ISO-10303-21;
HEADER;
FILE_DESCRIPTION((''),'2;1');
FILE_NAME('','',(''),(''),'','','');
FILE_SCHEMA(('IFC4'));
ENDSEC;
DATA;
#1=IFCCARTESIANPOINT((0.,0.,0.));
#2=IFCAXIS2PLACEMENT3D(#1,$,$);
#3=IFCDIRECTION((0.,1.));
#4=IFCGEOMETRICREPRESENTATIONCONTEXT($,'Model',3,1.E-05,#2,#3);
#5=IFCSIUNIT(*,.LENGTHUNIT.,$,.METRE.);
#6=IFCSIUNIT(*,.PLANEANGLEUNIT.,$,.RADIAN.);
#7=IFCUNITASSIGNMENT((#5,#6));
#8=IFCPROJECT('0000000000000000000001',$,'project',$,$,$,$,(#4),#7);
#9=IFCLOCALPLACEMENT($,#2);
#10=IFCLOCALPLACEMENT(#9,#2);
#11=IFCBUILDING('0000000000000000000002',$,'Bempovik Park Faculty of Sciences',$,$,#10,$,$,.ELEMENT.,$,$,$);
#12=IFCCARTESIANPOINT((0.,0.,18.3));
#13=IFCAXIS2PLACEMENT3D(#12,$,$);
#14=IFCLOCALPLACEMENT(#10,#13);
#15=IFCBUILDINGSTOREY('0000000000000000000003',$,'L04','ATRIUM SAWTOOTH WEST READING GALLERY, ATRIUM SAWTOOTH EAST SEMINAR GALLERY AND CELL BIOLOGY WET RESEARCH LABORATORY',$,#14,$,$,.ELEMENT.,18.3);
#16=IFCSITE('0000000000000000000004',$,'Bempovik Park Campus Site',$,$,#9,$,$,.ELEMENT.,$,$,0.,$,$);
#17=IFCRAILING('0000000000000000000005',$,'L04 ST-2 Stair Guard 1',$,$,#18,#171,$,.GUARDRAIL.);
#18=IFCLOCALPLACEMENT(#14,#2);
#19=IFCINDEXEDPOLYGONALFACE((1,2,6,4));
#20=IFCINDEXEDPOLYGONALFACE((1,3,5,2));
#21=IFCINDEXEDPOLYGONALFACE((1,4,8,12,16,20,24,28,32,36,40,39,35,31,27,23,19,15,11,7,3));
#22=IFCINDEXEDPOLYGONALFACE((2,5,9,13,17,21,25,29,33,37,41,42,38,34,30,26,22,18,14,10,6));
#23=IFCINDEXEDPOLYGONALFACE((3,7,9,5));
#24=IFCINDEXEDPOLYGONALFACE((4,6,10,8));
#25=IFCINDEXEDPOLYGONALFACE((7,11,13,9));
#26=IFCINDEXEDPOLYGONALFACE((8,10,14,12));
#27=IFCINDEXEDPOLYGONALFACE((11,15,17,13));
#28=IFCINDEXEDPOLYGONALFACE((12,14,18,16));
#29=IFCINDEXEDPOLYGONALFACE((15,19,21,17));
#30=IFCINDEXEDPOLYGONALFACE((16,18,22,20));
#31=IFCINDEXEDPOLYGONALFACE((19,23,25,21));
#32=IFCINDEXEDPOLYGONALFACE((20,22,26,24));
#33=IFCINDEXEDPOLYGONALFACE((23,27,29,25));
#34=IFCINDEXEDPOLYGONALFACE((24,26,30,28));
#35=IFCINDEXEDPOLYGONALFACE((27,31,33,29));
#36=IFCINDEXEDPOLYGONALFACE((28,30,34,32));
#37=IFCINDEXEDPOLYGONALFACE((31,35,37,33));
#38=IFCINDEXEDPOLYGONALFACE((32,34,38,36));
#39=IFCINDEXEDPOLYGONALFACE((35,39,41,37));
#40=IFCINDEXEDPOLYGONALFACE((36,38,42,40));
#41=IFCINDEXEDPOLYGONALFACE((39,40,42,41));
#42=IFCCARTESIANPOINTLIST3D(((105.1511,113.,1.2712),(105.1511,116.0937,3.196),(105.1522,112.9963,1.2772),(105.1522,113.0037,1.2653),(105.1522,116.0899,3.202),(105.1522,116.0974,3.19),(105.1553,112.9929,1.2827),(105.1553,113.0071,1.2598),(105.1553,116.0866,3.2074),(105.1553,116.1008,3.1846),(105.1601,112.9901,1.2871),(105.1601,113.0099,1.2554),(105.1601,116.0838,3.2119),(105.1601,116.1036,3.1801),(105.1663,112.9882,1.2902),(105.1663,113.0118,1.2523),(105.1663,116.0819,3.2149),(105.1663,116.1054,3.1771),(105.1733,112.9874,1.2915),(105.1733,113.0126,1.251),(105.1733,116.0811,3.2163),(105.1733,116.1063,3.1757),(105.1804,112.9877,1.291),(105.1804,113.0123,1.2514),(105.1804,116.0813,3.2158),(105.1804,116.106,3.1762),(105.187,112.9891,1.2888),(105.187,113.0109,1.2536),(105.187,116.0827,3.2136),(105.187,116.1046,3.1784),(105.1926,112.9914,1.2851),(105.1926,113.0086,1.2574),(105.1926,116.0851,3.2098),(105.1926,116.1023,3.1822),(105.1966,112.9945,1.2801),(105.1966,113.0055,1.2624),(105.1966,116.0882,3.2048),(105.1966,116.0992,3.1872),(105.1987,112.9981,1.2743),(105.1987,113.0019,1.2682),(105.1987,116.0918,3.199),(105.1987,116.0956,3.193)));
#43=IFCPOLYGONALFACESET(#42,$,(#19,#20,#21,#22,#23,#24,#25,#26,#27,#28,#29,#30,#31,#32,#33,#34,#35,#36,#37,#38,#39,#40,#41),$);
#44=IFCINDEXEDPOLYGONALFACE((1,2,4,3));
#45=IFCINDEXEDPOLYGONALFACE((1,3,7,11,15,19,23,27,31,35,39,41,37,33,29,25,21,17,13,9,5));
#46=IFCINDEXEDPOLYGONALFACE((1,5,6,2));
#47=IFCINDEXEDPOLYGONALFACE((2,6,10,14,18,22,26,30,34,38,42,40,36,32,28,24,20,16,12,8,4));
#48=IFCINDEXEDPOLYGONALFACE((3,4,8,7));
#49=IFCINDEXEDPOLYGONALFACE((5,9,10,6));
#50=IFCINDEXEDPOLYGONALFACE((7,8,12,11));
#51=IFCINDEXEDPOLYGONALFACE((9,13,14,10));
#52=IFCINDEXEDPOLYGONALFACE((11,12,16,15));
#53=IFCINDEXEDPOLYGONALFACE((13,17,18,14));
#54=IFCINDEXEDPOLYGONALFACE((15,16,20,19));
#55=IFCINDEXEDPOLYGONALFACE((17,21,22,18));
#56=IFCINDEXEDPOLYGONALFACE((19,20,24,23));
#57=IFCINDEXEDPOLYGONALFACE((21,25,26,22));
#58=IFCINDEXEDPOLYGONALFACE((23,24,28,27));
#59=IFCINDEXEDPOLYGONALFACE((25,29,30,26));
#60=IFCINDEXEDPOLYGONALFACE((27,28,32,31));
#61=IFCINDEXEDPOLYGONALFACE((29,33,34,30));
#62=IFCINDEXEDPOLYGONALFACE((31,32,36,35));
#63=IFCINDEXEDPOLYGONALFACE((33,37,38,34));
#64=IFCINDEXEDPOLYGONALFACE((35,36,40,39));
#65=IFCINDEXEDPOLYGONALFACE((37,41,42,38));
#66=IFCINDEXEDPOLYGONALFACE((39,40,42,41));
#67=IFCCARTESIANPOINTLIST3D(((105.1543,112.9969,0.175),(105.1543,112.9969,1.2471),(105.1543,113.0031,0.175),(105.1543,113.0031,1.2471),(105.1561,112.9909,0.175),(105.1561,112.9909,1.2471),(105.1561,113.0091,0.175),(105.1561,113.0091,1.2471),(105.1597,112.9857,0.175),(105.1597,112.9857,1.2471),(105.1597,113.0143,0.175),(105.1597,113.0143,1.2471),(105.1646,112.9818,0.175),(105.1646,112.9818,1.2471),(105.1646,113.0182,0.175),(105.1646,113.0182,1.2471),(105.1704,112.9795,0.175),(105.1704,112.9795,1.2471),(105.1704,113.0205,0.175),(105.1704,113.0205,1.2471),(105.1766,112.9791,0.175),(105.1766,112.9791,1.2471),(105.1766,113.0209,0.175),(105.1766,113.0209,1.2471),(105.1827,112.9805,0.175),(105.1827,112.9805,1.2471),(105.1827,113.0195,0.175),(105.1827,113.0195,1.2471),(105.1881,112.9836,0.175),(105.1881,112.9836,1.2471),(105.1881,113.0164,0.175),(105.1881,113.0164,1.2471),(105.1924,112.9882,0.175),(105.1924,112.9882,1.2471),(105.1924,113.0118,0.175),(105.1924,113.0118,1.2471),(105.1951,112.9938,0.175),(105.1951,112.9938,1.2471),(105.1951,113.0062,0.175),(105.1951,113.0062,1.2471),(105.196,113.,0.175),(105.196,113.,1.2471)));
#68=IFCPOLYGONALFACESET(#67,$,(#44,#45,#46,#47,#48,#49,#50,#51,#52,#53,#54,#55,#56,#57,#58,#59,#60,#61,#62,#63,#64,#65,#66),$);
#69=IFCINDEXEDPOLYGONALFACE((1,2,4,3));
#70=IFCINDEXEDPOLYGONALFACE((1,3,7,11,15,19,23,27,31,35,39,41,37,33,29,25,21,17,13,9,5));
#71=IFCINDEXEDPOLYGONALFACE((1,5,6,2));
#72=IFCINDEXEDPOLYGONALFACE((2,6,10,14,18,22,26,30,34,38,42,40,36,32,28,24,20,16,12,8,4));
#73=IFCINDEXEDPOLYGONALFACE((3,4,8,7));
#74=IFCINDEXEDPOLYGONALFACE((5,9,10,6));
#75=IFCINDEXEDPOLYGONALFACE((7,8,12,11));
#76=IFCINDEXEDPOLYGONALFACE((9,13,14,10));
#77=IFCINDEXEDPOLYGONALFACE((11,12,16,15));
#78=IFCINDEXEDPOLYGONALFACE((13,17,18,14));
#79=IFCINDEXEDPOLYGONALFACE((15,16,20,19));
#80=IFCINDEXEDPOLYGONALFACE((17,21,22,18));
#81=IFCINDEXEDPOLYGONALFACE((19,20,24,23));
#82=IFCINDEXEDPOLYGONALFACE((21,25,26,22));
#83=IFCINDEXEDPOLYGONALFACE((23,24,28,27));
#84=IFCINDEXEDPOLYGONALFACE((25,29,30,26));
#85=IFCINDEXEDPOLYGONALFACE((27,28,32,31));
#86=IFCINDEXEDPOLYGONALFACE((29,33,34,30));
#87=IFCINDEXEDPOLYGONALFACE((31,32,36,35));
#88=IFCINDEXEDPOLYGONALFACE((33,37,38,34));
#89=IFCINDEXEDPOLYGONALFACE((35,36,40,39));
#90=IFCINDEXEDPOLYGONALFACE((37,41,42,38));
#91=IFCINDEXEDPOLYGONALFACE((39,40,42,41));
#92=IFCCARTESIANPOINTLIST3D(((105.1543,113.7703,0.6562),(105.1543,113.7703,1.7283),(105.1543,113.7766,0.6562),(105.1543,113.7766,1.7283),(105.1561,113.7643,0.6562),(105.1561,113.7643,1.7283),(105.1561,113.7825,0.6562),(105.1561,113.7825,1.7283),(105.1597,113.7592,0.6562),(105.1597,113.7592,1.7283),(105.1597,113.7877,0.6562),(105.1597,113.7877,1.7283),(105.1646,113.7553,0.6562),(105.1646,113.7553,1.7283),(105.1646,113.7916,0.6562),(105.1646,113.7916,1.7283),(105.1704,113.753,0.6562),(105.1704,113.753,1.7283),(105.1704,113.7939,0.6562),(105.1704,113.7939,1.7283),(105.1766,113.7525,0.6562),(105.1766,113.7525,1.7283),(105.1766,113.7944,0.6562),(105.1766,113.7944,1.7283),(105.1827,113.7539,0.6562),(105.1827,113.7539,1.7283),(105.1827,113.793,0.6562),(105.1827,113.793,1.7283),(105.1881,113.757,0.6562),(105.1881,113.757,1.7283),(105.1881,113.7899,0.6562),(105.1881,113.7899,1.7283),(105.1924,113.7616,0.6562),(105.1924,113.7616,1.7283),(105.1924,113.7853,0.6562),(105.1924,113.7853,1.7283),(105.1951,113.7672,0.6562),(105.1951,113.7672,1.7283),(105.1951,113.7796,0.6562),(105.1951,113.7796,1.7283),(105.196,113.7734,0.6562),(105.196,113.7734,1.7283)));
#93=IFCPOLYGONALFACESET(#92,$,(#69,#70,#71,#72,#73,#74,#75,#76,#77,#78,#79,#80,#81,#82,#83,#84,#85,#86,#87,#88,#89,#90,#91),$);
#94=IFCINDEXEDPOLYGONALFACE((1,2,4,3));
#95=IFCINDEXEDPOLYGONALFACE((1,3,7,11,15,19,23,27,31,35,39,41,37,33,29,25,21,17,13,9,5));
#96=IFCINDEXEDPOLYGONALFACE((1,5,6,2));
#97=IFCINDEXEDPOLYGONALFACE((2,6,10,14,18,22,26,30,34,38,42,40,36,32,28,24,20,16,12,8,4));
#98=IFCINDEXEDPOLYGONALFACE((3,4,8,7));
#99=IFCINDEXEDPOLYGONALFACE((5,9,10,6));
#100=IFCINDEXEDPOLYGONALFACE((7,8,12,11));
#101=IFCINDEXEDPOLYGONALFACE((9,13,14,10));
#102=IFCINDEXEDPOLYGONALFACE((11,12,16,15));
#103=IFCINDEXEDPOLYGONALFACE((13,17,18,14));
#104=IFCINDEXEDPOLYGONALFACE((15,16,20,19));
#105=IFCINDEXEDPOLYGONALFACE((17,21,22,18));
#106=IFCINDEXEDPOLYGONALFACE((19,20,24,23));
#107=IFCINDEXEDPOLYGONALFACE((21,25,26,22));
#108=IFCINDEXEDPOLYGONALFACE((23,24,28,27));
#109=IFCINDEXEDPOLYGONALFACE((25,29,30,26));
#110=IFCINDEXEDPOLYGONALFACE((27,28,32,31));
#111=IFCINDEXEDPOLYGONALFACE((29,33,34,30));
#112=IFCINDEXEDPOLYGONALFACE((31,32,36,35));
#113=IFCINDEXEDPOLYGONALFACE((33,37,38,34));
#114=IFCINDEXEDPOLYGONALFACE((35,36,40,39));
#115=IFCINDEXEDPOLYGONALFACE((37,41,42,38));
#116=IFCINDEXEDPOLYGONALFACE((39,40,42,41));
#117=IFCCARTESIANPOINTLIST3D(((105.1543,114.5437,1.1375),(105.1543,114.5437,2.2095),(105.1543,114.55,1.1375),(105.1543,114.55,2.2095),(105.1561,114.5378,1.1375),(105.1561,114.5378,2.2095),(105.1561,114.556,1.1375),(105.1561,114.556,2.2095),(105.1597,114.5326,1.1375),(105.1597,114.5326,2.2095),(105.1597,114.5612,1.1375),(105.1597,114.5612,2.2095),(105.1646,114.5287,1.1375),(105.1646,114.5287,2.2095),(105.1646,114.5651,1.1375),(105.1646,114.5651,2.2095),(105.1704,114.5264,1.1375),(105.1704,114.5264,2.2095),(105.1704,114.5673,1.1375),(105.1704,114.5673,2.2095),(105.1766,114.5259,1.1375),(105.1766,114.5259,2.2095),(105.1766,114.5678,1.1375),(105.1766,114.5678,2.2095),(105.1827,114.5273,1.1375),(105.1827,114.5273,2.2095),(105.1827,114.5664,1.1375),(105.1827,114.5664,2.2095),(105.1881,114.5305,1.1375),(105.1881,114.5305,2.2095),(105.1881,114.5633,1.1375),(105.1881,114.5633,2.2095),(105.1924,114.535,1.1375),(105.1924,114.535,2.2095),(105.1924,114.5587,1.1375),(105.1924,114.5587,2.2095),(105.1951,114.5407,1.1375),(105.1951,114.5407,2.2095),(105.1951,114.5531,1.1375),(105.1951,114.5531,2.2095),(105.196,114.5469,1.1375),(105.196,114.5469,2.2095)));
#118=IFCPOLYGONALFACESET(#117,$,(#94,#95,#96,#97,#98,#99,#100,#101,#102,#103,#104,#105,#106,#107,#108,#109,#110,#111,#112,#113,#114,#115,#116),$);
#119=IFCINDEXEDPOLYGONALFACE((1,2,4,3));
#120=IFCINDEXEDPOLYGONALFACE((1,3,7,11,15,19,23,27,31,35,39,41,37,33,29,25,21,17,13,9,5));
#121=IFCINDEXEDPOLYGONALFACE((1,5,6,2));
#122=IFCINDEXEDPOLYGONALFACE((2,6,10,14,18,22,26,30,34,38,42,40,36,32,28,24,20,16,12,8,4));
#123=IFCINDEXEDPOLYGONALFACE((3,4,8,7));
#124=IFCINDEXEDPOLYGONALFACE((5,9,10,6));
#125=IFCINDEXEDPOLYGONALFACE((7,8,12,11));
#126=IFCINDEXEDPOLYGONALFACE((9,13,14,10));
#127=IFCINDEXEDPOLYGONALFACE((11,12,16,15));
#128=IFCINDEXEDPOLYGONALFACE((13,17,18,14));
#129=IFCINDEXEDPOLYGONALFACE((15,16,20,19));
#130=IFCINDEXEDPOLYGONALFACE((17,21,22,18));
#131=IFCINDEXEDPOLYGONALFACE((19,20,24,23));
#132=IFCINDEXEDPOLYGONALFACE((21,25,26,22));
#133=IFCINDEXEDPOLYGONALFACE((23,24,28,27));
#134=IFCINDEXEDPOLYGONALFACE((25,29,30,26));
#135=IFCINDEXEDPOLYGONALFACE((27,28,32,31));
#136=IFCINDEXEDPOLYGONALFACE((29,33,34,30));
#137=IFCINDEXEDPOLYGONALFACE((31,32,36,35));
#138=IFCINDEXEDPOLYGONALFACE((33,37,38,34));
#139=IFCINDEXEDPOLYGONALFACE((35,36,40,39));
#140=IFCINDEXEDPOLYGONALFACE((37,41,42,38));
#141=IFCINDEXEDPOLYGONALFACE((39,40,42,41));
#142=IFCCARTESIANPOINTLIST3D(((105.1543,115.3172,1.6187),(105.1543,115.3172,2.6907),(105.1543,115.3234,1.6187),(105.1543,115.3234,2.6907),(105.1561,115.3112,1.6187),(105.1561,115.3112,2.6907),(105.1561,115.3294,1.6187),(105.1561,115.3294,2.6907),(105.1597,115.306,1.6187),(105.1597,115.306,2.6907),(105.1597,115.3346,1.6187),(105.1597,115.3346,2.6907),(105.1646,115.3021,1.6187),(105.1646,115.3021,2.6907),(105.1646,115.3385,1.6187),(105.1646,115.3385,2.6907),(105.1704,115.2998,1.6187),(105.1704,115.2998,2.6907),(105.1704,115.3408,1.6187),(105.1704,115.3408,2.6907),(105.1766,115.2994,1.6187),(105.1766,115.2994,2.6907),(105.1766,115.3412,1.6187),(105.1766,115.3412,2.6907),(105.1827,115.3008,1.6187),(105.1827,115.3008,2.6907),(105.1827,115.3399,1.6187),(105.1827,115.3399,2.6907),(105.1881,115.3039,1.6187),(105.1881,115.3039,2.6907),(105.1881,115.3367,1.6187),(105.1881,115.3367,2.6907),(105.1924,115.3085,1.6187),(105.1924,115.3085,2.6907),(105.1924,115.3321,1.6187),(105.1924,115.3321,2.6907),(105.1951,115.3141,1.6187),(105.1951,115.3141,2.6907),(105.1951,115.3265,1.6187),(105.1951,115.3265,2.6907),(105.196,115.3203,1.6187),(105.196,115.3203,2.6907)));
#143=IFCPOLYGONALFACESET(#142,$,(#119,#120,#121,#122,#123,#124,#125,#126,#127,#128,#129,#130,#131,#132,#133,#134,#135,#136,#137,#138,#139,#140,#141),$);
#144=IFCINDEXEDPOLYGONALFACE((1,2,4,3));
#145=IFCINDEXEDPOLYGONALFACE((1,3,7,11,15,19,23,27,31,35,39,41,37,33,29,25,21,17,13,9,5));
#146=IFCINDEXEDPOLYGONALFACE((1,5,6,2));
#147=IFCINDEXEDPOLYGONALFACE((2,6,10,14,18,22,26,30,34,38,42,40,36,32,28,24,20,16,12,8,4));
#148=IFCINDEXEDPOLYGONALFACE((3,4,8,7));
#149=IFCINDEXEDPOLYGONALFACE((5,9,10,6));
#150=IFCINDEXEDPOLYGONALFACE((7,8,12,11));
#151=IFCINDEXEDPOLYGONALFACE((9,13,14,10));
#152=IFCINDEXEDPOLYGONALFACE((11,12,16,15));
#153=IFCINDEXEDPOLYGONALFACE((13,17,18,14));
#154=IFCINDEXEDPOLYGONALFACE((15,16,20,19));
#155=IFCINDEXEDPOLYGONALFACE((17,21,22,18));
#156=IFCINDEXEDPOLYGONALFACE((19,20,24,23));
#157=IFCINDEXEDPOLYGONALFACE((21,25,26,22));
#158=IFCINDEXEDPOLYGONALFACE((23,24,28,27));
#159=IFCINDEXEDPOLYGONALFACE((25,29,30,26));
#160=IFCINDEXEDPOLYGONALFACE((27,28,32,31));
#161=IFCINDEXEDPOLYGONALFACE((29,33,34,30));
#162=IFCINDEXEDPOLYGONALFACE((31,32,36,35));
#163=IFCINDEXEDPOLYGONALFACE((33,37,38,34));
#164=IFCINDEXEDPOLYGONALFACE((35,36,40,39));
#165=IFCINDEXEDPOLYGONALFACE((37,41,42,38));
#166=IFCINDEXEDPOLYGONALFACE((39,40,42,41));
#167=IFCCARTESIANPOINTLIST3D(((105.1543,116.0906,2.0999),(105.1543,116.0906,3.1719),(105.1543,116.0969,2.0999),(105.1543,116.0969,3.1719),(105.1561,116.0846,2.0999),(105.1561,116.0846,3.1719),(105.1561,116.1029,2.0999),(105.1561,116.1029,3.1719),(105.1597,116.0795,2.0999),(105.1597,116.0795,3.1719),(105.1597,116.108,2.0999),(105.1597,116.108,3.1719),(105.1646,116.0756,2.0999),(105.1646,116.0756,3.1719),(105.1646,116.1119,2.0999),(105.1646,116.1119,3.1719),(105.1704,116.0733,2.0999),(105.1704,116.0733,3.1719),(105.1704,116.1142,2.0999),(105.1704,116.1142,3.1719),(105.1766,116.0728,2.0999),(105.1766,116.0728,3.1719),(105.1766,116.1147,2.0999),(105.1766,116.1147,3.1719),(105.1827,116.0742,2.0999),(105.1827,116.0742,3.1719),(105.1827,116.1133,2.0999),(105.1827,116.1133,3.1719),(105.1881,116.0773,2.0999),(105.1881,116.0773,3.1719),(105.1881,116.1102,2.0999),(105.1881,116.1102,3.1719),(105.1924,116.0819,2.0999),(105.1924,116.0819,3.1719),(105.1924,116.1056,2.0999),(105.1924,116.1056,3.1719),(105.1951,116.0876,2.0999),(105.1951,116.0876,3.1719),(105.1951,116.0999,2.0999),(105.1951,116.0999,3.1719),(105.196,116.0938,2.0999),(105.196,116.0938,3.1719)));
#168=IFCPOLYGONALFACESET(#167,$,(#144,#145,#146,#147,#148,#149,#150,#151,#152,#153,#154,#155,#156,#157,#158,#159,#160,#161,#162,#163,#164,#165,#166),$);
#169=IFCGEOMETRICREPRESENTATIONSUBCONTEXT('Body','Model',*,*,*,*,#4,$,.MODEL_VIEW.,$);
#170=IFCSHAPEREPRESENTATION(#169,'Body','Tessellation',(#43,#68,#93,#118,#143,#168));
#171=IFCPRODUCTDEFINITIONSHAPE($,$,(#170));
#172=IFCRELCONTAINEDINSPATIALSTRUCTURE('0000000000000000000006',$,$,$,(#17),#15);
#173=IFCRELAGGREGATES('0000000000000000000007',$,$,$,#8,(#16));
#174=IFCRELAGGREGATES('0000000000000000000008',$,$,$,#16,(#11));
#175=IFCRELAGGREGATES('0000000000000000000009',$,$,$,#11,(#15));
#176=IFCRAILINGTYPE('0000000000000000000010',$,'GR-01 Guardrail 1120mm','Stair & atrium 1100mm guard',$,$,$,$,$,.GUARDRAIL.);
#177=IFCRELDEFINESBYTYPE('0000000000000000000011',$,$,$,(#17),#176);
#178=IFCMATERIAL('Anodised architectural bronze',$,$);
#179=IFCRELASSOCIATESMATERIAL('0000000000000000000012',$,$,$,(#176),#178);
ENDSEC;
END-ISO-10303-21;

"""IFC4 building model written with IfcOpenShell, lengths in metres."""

from ifc_helpers import new_model, si_unit, direction, frame, origin, origin_2d, place, context, subcontext, project, spatial, circle, extrude, material, type_object, element, save


model = new_model("IFC4")

# Units and contexts
model_context = context("Model", 3, precision=1e-05, world=origin(), true_north=direction((0.0, 1.0)))
body_context = subcontext(model_context, "Body", "Model", "MODEL_VIEW")
ifc_project = project(units=[si_unit("LENGTHUNIT", "METRE"), si_unit("PLANEANGLEUNIT", "RADIAN")], contexts=[model_context])

# Site, building, storey
site_placement = place(None, origin())
site = spatial("IfcSite", under=ifc_project, at=site_placement, Name="Bempovik Park Campus Site", CompositionType="ELEMENT", RefElevation=0.0)
building_placement = place(site_placement, origin())
building = spatial("IfcBuilding", under=site, at=building_placement, Name="Bempovik Park Faculty of Sciences", CompositionType="ELEMENT")
storey_placement = place(building_placement, frame((0.0, 0.0, 18.3)))
storey = spatial("IfcBuildingStorey", under=building, at=storey_placement, Name="L04", Description="ATRIUM SAWTOOTH WEST READING GALLERY, ATRIUM SAWTOOTH EAST SEMINAR GALLERY AND CELL BIOLOGY WET RESEARCH LABORATORY", CompositionType="ELEMENT", Elevation=18.3)

# Railing
ifc_material_1 = material(Name="Anodised architectural bronze")
railing_type_1 = type_object("IfcRailingType", Name="GR-01 Guardrail 1120mm", Description="Stair & atrium 1100mm guard", PredefinedType="GUARDRAIL", material=ifc_material_1)
railing_1_placement = place(storey_placement, frame((105.175, 113.0, 0.175)))
element("IfcRailing", 1, at=railing_1_placement, inside=storey, type_object=railing_type_1, Name="L04 ST-2 Stair Guard 1", PredefinedType="GUARDRAIL", context=body_context, shape_type="SweptSolid", body=[
    extrude(circle(Radius=0.0239, at=origin_2d()), frame((0.0, 0.0, 1.0962), z_axis=(0.0, 0.849081, 0.528263), x_axis=(-1.0, 0.0, 0.0)), (0.0, 0.0, 1.0), 3.6436),
    extrude(circle(Radius=0.021, at=origin_2d()), origin(), (0.0, 0.0, 1.0), 1.072),
    extrude(circle(Radius=0.021, at=origin_2d()), frame((0.0, 0.7734, 0.4812)), (0.0, 0.0, 1.0), 1.072),
    extrude(circle(Radius=0.021, at=origin_2d()), frame((0.0, 1.5469, 0.9624)), (0.0, 0.0, 1.0), 1.072),
    extrude(circle(Radius=0.021, at=origin_2d()), frame((0.0, 2.3203, 1.4436)), (0.0, 0.0, 1.0), 1.072),
    extrude(circle(Radius=0.021, at=origin_2d()), frame((0.0, 3.0938, 1.9248)), (0.0, 0.0, 1.0), 1.072),
])

save(model, "model.ifc")
